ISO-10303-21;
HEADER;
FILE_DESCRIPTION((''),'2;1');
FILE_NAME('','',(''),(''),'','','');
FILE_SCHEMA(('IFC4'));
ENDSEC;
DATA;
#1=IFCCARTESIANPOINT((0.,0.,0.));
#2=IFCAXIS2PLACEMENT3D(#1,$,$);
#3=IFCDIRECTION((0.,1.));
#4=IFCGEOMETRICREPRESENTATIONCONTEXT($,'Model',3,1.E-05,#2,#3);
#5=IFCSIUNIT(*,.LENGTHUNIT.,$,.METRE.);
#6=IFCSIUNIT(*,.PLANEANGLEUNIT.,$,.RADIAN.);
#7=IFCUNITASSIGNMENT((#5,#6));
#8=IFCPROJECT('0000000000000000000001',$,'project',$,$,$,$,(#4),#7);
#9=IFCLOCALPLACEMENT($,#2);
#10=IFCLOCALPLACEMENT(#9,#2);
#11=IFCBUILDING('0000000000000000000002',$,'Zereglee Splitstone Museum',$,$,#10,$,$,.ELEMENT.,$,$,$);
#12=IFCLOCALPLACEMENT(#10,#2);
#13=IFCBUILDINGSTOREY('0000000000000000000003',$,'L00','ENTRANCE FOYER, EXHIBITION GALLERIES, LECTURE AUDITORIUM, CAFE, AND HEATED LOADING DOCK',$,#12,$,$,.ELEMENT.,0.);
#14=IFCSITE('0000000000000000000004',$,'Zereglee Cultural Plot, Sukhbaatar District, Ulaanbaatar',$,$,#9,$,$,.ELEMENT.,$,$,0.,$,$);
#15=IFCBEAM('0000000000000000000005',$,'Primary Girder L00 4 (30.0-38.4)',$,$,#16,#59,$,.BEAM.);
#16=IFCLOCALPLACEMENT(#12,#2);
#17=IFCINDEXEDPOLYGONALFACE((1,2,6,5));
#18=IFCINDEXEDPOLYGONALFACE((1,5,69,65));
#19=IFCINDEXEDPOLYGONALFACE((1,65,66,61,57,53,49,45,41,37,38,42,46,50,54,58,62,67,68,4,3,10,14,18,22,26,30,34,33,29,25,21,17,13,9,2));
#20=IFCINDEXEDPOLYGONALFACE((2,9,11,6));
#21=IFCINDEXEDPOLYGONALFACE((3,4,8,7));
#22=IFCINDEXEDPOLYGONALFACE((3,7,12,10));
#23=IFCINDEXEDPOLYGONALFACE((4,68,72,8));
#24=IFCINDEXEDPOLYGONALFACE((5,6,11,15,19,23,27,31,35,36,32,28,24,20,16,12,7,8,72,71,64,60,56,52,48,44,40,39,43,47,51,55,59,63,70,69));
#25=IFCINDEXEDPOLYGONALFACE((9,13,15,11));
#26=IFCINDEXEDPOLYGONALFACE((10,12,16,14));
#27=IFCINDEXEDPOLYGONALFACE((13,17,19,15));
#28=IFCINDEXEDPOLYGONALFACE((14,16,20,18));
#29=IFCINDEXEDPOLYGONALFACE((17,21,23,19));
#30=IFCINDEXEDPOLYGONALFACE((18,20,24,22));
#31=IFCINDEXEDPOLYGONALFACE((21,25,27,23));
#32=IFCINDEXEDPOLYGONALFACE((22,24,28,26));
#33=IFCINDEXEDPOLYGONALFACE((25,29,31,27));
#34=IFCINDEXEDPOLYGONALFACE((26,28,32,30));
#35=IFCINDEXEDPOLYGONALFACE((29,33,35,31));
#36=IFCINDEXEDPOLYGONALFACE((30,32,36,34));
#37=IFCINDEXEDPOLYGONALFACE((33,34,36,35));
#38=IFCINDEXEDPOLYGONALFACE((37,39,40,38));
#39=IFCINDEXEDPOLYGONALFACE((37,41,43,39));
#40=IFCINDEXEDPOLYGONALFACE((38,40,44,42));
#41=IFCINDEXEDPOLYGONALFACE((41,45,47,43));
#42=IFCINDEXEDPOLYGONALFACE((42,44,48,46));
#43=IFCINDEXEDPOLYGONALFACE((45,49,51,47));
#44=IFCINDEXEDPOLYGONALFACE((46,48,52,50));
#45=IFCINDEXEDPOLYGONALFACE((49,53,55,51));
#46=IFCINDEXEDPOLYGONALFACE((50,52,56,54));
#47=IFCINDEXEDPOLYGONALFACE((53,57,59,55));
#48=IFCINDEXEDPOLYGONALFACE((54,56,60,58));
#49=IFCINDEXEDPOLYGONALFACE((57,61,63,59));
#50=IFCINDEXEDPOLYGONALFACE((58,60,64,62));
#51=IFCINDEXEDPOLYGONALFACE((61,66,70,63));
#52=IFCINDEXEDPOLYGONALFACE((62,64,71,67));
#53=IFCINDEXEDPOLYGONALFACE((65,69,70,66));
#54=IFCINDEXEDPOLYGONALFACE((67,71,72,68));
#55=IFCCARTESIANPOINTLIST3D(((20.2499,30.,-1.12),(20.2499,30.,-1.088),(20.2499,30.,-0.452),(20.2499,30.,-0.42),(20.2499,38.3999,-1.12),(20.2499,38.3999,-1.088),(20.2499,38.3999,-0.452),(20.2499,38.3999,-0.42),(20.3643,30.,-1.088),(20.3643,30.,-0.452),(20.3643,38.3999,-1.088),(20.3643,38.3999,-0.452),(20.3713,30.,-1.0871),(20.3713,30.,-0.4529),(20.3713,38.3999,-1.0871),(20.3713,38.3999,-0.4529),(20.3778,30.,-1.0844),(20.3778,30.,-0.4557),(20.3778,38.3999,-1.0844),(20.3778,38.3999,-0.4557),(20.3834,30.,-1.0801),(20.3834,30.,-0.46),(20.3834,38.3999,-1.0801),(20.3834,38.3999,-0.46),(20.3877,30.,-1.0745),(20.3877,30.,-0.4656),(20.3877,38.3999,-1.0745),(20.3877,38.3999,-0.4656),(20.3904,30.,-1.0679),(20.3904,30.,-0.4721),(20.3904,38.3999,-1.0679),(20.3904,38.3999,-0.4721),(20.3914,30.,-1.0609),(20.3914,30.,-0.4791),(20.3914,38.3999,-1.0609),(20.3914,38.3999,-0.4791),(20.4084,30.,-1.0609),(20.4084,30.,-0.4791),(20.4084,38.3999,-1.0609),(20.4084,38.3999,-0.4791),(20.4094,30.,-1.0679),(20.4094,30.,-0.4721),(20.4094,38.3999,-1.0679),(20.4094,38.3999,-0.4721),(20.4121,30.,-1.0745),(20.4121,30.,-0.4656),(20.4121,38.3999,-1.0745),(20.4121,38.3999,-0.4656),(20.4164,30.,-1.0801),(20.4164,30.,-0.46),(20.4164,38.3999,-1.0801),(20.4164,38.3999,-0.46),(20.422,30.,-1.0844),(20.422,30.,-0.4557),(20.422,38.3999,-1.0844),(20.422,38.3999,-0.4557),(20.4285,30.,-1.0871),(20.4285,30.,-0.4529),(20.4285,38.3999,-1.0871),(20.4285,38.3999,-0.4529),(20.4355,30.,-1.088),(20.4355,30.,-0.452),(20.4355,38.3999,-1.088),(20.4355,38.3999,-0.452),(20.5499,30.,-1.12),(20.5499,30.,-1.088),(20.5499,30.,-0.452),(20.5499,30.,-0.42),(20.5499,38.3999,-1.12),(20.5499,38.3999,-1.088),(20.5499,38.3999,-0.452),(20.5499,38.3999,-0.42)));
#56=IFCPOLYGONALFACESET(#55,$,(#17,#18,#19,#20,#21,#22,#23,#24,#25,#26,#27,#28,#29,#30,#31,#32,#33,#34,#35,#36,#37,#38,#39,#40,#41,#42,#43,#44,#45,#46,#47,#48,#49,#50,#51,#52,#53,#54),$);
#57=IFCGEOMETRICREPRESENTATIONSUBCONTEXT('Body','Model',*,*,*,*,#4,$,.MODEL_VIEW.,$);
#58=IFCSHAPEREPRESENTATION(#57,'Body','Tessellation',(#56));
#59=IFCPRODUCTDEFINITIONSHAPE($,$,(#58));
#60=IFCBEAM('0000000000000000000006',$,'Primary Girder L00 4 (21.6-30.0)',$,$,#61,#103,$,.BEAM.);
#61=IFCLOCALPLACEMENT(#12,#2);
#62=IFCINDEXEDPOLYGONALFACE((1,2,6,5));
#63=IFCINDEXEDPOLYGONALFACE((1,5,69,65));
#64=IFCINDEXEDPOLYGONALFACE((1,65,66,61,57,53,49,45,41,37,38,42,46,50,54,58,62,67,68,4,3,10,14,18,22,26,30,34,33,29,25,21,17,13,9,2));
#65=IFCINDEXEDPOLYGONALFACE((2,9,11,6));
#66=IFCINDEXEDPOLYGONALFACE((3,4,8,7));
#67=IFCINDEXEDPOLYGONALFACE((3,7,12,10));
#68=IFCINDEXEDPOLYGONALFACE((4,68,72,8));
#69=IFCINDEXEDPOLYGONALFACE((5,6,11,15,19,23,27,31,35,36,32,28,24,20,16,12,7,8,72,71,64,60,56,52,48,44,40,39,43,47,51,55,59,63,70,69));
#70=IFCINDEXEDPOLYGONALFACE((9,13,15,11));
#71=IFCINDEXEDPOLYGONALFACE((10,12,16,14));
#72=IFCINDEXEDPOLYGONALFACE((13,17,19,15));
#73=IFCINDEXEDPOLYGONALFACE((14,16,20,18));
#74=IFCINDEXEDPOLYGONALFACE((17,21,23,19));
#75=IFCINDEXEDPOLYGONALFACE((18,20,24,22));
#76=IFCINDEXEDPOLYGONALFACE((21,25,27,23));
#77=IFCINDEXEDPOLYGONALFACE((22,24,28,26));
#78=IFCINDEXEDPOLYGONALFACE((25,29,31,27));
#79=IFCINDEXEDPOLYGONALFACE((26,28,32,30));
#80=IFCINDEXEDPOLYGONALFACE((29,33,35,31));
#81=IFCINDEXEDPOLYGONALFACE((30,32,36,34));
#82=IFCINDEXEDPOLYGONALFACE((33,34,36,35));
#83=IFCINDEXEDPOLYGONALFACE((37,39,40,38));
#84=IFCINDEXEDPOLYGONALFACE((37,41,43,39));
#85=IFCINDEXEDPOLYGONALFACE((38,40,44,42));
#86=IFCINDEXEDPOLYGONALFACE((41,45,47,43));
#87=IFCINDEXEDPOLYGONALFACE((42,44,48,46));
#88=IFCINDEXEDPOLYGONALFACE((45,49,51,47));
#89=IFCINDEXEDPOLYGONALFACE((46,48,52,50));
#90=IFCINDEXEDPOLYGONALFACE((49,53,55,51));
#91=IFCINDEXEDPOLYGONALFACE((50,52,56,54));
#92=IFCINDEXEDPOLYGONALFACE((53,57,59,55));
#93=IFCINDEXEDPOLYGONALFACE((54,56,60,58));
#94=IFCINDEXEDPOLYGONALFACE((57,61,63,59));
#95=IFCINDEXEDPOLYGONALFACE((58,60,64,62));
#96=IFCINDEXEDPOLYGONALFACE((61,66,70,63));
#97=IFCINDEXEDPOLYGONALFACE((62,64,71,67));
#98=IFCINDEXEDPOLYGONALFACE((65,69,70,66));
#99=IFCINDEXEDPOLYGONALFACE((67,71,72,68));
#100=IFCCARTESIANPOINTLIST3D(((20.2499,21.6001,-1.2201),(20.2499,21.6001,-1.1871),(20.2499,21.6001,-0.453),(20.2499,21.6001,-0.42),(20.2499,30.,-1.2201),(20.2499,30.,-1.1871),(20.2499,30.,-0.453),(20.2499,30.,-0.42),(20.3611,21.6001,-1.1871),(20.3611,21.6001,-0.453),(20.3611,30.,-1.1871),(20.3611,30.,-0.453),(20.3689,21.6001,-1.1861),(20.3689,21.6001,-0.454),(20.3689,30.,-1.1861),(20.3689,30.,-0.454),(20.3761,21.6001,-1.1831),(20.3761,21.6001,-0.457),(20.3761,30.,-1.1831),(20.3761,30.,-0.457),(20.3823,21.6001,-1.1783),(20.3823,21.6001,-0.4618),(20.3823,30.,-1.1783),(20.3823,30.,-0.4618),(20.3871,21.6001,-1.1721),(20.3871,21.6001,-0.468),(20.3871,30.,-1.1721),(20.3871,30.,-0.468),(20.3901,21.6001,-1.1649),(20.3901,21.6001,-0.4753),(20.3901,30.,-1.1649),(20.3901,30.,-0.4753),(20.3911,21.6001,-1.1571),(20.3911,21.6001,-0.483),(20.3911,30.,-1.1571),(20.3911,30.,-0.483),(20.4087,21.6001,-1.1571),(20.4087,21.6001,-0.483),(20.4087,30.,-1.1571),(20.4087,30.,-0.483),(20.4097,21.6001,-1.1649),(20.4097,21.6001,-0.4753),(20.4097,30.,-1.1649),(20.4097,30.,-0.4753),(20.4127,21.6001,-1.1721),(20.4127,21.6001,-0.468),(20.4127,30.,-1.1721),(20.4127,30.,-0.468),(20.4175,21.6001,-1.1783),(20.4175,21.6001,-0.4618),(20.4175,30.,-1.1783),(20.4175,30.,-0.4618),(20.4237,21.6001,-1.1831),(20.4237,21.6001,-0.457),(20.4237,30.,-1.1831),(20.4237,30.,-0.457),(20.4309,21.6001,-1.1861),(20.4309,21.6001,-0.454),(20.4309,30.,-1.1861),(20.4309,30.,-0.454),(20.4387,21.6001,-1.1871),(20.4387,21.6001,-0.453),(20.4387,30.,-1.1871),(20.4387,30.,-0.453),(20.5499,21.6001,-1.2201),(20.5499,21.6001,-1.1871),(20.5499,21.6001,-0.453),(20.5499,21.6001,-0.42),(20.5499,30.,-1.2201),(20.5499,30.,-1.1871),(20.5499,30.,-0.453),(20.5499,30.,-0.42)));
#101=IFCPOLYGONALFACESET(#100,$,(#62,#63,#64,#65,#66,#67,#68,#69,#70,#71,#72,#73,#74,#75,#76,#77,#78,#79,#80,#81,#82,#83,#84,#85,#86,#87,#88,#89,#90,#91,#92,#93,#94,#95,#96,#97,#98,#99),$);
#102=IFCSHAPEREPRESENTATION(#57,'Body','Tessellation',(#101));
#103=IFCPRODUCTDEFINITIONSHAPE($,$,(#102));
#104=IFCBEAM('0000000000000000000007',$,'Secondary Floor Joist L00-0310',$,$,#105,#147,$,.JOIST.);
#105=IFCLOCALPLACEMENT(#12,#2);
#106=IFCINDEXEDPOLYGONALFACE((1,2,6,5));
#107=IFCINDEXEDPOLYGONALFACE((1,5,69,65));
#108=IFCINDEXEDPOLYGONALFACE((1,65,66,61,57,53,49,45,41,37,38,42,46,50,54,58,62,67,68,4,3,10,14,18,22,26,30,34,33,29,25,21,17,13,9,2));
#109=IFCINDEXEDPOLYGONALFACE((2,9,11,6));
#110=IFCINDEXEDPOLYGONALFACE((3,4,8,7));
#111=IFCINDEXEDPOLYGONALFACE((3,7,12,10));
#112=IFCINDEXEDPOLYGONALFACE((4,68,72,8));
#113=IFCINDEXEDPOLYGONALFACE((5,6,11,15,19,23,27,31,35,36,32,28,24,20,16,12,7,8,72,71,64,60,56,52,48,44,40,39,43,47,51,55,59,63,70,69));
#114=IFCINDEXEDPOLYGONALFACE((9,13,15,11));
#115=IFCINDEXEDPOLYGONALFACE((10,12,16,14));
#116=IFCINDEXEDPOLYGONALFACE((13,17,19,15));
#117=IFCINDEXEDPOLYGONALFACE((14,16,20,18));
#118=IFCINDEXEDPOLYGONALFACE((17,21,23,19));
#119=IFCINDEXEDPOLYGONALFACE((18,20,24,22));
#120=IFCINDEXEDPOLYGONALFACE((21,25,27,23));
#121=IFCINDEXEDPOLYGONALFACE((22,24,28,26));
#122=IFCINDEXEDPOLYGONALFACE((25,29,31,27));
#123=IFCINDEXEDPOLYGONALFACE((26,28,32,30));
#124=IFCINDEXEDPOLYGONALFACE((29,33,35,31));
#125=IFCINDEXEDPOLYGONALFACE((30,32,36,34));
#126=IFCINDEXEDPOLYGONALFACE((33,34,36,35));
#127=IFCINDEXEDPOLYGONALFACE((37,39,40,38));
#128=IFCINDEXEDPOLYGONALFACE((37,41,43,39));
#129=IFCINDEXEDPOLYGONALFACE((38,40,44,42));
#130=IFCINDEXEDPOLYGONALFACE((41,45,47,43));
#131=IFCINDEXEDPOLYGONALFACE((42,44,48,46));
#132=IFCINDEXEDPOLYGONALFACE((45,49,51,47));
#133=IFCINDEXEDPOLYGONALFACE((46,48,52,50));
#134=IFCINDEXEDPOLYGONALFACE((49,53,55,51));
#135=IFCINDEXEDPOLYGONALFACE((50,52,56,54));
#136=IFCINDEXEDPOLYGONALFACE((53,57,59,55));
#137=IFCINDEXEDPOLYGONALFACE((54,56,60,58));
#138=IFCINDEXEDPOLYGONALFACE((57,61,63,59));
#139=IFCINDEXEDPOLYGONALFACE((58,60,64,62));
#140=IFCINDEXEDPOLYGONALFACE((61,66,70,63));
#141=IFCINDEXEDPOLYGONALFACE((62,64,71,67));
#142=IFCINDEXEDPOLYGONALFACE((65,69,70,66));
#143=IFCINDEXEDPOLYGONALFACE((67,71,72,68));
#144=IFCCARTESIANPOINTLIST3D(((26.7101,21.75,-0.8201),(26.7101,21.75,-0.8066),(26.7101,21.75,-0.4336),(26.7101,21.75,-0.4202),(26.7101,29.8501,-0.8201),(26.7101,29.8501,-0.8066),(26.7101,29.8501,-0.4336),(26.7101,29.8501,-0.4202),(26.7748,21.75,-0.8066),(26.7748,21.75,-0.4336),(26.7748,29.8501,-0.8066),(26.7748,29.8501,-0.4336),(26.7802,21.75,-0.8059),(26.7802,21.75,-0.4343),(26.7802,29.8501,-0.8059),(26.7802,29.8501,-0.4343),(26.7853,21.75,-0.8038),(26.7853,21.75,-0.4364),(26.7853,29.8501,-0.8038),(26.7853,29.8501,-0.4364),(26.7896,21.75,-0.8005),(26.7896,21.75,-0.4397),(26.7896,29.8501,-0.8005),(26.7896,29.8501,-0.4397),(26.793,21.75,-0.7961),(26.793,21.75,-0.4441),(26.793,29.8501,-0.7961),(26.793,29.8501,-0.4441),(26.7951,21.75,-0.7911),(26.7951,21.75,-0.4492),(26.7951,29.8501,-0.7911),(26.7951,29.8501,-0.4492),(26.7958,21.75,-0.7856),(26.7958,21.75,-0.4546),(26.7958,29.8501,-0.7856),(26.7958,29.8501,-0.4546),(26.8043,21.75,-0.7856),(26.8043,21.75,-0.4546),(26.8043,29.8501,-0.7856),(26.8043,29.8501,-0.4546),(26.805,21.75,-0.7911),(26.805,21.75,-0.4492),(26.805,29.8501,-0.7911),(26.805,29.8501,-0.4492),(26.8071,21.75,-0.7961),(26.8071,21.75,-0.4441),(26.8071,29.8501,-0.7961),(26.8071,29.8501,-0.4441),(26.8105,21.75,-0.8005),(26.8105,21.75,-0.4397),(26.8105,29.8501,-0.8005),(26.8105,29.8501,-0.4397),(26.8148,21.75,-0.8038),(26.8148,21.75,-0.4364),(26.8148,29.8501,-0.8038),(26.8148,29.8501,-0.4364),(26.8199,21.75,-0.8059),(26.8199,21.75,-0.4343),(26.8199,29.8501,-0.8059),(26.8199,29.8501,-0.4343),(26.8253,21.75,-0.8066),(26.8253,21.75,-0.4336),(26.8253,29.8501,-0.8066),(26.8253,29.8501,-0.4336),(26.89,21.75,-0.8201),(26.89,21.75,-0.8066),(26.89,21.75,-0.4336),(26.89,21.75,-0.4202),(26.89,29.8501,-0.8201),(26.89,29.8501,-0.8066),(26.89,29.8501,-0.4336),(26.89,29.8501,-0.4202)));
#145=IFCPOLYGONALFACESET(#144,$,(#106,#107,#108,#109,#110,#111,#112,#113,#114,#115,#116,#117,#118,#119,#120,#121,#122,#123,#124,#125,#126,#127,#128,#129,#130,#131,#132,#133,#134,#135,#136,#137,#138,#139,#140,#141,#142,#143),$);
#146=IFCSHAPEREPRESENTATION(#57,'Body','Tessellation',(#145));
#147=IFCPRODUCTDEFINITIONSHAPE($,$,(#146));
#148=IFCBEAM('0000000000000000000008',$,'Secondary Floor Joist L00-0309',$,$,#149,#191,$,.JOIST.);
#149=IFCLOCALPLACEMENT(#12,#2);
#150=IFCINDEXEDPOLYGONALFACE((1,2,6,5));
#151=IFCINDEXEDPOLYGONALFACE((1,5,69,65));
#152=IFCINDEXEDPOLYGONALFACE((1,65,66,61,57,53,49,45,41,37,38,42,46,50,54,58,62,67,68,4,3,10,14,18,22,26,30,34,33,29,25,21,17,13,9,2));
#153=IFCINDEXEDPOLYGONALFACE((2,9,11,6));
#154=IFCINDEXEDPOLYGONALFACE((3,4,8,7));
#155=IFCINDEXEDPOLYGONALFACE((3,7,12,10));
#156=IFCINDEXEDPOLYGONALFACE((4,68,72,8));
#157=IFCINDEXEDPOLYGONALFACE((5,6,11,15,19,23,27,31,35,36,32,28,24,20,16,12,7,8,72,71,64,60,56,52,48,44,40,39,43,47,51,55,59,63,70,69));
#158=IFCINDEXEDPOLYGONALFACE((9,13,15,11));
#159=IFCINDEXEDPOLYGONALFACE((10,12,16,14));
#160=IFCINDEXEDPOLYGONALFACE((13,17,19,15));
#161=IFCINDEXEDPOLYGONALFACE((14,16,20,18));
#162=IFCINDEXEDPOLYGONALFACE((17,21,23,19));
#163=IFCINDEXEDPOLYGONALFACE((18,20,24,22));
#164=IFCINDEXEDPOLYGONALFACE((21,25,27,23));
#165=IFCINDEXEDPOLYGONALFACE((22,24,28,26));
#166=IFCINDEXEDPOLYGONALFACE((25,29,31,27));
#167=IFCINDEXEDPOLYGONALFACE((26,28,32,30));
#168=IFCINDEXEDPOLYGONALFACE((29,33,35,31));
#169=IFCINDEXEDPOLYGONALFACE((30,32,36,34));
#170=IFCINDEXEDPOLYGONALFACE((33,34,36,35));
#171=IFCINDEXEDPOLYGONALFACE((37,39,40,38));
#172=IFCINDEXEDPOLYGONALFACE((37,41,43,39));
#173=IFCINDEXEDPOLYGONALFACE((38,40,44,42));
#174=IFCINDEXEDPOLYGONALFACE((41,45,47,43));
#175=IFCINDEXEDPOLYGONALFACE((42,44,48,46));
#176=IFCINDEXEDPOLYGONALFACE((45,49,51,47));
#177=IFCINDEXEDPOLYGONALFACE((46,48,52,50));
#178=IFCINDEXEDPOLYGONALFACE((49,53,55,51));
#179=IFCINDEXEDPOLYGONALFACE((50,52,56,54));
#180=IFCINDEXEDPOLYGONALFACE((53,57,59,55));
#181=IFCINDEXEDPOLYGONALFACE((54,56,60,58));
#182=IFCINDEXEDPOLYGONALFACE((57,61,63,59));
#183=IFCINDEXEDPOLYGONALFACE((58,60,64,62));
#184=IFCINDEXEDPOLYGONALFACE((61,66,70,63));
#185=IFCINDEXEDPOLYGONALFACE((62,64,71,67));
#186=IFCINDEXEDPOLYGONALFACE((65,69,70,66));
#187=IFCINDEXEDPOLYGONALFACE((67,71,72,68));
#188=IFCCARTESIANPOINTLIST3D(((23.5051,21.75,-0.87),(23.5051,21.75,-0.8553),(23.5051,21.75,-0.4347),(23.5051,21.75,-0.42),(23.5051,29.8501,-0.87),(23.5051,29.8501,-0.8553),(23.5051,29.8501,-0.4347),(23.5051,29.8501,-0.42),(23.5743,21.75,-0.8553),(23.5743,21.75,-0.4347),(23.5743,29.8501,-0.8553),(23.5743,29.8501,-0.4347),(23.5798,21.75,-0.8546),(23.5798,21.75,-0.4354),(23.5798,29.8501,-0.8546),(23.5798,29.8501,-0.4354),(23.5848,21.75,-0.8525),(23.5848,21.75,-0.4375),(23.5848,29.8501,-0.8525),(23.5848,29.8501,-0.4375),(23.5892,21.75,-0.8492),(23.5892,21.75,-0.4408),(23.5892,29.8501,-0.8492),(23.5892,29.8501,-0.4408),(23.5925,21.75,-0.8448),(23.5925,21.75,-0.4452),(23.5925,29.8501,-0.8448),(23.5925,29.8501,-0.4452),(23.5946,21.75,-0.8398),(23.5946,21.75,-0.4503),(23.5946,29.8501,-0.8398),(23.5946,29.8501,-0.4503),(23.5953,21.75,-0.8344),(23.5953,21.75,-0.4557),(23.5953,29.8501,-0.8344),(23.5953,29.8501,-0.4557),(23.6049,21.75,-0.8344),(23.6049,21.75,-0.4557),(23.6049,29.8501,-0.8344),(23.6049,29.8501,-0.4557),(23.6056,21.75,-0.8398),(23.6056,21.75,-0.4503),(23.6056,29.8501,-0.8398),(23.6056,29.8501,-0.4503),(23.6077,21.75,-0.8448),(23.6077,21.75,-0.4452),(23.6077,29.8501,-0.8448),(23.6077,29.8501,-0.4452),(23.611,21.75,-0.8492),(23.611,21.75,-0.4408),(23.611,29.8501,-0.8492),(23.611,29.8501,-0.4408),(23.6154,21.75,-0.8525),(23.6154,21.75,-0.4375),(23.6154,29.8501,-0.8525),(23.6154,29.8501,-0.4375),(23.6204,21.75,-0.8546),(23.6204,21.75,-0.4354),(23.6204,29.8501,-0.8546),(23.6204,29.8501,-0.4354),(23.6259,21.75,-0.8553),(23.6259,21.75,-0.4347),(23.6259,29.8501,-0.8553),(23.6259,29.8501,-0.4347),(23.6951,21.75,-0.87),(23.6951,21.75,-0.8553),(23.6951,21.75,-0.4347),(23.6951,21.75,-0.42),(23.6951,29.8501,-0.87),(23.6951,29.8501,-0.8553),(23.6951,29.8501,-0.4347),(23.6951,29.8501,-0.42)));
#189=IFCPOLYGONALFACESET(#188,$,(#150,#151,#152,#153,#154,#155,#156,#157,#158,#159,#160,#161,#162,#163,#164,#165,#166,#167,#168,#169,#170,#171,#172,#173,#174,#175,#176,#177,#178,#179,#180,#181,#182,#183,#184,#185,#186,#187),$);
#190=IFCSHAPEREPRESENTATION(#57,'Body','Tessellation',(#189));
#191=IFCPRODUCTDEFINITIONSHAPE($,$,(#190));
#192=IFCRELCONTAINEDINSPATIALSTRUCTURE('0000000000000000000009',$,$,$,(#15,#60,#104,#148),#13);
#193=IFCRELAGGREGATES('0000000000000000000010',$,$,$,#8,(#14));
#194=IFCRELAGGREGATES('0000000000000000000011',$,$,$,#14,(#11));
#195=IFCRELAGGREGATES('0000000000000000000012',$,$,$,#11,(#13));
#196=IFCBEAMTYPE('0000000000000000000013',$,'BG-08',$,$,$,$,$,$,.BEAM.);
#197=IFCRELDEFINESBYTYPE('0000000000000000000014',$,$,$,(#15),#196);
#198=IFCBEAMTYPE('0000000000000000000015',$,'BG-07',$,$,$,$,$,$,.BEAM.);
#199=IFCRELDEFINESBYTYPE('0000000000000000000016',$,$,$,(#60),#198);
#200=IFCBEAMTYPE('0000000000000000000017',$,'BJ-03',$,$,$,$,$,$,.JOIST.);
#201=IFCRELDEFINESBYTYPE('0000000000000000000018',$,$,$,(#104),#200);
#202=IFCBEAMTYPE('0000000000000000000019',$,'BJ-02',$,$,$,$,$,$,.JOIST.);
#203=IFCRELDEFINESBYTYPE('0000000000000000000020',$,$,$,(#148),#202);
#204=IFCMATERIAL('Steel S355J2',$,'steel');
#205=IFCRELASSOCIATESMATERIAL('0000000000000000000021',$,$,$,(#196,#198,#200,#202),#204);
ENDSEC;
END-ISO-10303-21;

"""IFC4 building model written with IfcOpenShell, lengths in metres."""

from ifc_helpers import new_model, si_unit, direction, frame, origin, origin_2d, place, context, subcontext, project, spatial, i_section, extrude, material, material_profile, profile_set, type_object, element, save


model = new_model("IFC4")

# Units and contexts
model_context = context("Model", 3, precision=1e-05, world=origin(), true_north=direction((0.0, 1.0)))
body_context = subcontext(model_context, "Body", "Model", "MODEL_VIEW")
ifc_project = project(units=[si_unit("LENGTHUNIT", "METRE"), si_unit("PLANEANGLEUNIT", "RADIAN")], contexts=[model_context])

# Site, building, storey
site_placement = place(None, origin())
site = spatial("IfcSite", under=ifc_project, at=site_placement, Name="Zereglee Cultural Plot, Sukhbaatar District, Ulaanbaatar", CompositionType="ELEMENT", RefElevation=0.0)
building_placement = place(site_placement, origin())
building = spatial("IfcBuilding", under=site, at=building_placement, Name="Zereglee Splitstone Museum", CompositionType="ELEMENT")
storey_placement = place(building_placement, origin())
storey = spatial("IfcBuildingStorey", under=building, at=storey_placement, Name="L00", Description="ENTRANCE FOYER, EXHIBITION GALLERIES, LECTURE AUDITORIUM, CAFE, AND HEATED LOADING DOCK", CompositionType="ELEMENT", Elevation=0.0)

# Beams
ifc_material_1 = material(Name="Steel S355J2", Category="steel")
ifc_material_profile_1 = material_profile(ifc_material_1, i_section(OverallWidth=0.3, OverallDepth=0.7, WebThickness=0.0171, FlangeThickness=0.032, FilletRadius=0.0271, at=origin_2d()), Name="HE 700 B")
ifc_profile_set_1 = profile_set([ifc_material_profile_1], Name="Steel S355J2")
beam_type_1 = type_object("IfcBeamType", Name="BG-08", PredefinedType="BEAM", material=ifc_profile_set_1)
beam_1_placement = place(storey_placement, frame((20.3999, 30.0, -0.77), z_axis=(0.0, 1.0, 0.0), x_axis=(-1.0, 0.0, 0.0)))
element("IfcBeam", 1, at=beam_1_placement, inside=storey, type_object=beam_type_1, Name="Primary Girder L00 4 (30.0-38.4)", PredefinedType="BEAM", context=body_context, shape_type="SweptSolid", body=[
    extrude(i_section(OverallWidth=0.3, OverallDepth=0.7, WebThickness=0.0171, FlangeThickness=0.032, FilletRadius=0.0271, at=origin_2d()), origin(), (0.0, 0.0, 1.0), 8.3999),
])
ifc_material_profile_2 = material_profile(ifc_material_1, i_section(OverallWidth=0.3, OverallDepth=0.8, WebThickness=0.0176, FlangeThickness=0.033, FilletRadius=0.03, at=origin_2d()), Name="HE 800 B")
ifc_profile_set_2 = profile_set([ifc_material_profile_2], Name="Steel S355J2")
beam_type_2 = type_object("IfcBeamType", Name="BG-07", PredefinedType="BEAM", material=ifc_profile_set_2)
beam_2_placement = place(storey_placement, frame((20.3999, 21.6001, -0.8201), z_axis=(0.0, 1.0, 0.0), x_axis=(-1.0, 0.0, 0.0)))
element("IfcBeam", 2, at=beam_2_placement, inside=storey, type_object=beam_type_2, Name="Primary Girder L00 4 (21.6-30.0)", PredefinedType="BEAM", context=body_context, shape_type="SweptSolid", body=[
    extrude(i_section(OverallWidth=0.3, OverallDepth=0.8, WebThickness=0.0176, FlangeThickness=0.033, FilletRadius=0.03, at=origin_2d()), origin(), (0.0, 0.0, 1.0), 8.3999),
])
ifc_material_profile_3 = material_profile(ifc_material_1, i_section(OverallWidth=0.1799, OverallDepth=0.3999, WebThickness=0.0085, FlangeThickness=0.0134, FilletRadius=0.021, at=origin_2d()), Name="IPE 400")
ifc_profile_set_3 = profile_set([ifc_material_profile_3], Name="Steel S355J2")
beam_type_3 = type_object("IfcBeamType", Name="BJ-03", PredefinedType="JOIST", material=ifc_profile_set_3)
beam_3_placement = place(storey_placement, frame((26.8, 21.75, -0.6201), z_axis=(0.0, 1.0, 0.0), x_axis=(-1.0, 0.0, 0.0)))
element("IfcBeam", 3, at=beam_3_placement, inside=storey, type_object=beam_type_3, Name="Secondary Floor Joist L00-0310", PredefinedType="JOIST", context=body_context, shape_type="SweptSolid", body=[
    extrude(i_section(OverallWidth=0.1799, OverallDepth=0.3999, WebThickness=0.0085, FlangeThickness=0.0134, FilletRadius=0.021, at=origin_2d()), origin(), (0.0, 0.0, 1.0), 8.1001),
])
ifc_material_profile_4 = material_profile(ifc_material_1, i_section(OverallWidth=0.1899, OverallDepth=0.45, WebThickness=0.0095, FlangeThickness=0.0146, FilletRadius=0.021, at=origin_2d()), Name="IPE 450")
ifc_profile_set_4 = profile_set([ifc_material_profile_4], Name="Steel S355J2")
beam_type_4 = type_object("IfcBeamType", Name="BJ-02", PredefinedType="JOIST", material=ifc_profile_set_4)
beam_4_placement = place(storey_placement, frame((23.6001, 21.75, -0.645), z_axis=(0.0, 1.0, 0.0), x_axis=(-1.0, 0.0, 0.0)))
element("IfcBeam", 4, at=beam_4_placement, inside=storey, type_object=beam_type_4, Name="Secondary Floor Joist L00-0309", PredefinedType="JOIST", context=body_context, shape_type="SweptSolid", body=[
    extrude(i_section(OverallWidth=0.1899, OverallDepth=0.45, WebThickness=0.0095, FlangeThickness=0.0146, FilletRadius=0.021, at=origin_2d()), origin(), (0.0, 0.0, 1.0), 8.1001),
])

save(model, "model.ifc")
